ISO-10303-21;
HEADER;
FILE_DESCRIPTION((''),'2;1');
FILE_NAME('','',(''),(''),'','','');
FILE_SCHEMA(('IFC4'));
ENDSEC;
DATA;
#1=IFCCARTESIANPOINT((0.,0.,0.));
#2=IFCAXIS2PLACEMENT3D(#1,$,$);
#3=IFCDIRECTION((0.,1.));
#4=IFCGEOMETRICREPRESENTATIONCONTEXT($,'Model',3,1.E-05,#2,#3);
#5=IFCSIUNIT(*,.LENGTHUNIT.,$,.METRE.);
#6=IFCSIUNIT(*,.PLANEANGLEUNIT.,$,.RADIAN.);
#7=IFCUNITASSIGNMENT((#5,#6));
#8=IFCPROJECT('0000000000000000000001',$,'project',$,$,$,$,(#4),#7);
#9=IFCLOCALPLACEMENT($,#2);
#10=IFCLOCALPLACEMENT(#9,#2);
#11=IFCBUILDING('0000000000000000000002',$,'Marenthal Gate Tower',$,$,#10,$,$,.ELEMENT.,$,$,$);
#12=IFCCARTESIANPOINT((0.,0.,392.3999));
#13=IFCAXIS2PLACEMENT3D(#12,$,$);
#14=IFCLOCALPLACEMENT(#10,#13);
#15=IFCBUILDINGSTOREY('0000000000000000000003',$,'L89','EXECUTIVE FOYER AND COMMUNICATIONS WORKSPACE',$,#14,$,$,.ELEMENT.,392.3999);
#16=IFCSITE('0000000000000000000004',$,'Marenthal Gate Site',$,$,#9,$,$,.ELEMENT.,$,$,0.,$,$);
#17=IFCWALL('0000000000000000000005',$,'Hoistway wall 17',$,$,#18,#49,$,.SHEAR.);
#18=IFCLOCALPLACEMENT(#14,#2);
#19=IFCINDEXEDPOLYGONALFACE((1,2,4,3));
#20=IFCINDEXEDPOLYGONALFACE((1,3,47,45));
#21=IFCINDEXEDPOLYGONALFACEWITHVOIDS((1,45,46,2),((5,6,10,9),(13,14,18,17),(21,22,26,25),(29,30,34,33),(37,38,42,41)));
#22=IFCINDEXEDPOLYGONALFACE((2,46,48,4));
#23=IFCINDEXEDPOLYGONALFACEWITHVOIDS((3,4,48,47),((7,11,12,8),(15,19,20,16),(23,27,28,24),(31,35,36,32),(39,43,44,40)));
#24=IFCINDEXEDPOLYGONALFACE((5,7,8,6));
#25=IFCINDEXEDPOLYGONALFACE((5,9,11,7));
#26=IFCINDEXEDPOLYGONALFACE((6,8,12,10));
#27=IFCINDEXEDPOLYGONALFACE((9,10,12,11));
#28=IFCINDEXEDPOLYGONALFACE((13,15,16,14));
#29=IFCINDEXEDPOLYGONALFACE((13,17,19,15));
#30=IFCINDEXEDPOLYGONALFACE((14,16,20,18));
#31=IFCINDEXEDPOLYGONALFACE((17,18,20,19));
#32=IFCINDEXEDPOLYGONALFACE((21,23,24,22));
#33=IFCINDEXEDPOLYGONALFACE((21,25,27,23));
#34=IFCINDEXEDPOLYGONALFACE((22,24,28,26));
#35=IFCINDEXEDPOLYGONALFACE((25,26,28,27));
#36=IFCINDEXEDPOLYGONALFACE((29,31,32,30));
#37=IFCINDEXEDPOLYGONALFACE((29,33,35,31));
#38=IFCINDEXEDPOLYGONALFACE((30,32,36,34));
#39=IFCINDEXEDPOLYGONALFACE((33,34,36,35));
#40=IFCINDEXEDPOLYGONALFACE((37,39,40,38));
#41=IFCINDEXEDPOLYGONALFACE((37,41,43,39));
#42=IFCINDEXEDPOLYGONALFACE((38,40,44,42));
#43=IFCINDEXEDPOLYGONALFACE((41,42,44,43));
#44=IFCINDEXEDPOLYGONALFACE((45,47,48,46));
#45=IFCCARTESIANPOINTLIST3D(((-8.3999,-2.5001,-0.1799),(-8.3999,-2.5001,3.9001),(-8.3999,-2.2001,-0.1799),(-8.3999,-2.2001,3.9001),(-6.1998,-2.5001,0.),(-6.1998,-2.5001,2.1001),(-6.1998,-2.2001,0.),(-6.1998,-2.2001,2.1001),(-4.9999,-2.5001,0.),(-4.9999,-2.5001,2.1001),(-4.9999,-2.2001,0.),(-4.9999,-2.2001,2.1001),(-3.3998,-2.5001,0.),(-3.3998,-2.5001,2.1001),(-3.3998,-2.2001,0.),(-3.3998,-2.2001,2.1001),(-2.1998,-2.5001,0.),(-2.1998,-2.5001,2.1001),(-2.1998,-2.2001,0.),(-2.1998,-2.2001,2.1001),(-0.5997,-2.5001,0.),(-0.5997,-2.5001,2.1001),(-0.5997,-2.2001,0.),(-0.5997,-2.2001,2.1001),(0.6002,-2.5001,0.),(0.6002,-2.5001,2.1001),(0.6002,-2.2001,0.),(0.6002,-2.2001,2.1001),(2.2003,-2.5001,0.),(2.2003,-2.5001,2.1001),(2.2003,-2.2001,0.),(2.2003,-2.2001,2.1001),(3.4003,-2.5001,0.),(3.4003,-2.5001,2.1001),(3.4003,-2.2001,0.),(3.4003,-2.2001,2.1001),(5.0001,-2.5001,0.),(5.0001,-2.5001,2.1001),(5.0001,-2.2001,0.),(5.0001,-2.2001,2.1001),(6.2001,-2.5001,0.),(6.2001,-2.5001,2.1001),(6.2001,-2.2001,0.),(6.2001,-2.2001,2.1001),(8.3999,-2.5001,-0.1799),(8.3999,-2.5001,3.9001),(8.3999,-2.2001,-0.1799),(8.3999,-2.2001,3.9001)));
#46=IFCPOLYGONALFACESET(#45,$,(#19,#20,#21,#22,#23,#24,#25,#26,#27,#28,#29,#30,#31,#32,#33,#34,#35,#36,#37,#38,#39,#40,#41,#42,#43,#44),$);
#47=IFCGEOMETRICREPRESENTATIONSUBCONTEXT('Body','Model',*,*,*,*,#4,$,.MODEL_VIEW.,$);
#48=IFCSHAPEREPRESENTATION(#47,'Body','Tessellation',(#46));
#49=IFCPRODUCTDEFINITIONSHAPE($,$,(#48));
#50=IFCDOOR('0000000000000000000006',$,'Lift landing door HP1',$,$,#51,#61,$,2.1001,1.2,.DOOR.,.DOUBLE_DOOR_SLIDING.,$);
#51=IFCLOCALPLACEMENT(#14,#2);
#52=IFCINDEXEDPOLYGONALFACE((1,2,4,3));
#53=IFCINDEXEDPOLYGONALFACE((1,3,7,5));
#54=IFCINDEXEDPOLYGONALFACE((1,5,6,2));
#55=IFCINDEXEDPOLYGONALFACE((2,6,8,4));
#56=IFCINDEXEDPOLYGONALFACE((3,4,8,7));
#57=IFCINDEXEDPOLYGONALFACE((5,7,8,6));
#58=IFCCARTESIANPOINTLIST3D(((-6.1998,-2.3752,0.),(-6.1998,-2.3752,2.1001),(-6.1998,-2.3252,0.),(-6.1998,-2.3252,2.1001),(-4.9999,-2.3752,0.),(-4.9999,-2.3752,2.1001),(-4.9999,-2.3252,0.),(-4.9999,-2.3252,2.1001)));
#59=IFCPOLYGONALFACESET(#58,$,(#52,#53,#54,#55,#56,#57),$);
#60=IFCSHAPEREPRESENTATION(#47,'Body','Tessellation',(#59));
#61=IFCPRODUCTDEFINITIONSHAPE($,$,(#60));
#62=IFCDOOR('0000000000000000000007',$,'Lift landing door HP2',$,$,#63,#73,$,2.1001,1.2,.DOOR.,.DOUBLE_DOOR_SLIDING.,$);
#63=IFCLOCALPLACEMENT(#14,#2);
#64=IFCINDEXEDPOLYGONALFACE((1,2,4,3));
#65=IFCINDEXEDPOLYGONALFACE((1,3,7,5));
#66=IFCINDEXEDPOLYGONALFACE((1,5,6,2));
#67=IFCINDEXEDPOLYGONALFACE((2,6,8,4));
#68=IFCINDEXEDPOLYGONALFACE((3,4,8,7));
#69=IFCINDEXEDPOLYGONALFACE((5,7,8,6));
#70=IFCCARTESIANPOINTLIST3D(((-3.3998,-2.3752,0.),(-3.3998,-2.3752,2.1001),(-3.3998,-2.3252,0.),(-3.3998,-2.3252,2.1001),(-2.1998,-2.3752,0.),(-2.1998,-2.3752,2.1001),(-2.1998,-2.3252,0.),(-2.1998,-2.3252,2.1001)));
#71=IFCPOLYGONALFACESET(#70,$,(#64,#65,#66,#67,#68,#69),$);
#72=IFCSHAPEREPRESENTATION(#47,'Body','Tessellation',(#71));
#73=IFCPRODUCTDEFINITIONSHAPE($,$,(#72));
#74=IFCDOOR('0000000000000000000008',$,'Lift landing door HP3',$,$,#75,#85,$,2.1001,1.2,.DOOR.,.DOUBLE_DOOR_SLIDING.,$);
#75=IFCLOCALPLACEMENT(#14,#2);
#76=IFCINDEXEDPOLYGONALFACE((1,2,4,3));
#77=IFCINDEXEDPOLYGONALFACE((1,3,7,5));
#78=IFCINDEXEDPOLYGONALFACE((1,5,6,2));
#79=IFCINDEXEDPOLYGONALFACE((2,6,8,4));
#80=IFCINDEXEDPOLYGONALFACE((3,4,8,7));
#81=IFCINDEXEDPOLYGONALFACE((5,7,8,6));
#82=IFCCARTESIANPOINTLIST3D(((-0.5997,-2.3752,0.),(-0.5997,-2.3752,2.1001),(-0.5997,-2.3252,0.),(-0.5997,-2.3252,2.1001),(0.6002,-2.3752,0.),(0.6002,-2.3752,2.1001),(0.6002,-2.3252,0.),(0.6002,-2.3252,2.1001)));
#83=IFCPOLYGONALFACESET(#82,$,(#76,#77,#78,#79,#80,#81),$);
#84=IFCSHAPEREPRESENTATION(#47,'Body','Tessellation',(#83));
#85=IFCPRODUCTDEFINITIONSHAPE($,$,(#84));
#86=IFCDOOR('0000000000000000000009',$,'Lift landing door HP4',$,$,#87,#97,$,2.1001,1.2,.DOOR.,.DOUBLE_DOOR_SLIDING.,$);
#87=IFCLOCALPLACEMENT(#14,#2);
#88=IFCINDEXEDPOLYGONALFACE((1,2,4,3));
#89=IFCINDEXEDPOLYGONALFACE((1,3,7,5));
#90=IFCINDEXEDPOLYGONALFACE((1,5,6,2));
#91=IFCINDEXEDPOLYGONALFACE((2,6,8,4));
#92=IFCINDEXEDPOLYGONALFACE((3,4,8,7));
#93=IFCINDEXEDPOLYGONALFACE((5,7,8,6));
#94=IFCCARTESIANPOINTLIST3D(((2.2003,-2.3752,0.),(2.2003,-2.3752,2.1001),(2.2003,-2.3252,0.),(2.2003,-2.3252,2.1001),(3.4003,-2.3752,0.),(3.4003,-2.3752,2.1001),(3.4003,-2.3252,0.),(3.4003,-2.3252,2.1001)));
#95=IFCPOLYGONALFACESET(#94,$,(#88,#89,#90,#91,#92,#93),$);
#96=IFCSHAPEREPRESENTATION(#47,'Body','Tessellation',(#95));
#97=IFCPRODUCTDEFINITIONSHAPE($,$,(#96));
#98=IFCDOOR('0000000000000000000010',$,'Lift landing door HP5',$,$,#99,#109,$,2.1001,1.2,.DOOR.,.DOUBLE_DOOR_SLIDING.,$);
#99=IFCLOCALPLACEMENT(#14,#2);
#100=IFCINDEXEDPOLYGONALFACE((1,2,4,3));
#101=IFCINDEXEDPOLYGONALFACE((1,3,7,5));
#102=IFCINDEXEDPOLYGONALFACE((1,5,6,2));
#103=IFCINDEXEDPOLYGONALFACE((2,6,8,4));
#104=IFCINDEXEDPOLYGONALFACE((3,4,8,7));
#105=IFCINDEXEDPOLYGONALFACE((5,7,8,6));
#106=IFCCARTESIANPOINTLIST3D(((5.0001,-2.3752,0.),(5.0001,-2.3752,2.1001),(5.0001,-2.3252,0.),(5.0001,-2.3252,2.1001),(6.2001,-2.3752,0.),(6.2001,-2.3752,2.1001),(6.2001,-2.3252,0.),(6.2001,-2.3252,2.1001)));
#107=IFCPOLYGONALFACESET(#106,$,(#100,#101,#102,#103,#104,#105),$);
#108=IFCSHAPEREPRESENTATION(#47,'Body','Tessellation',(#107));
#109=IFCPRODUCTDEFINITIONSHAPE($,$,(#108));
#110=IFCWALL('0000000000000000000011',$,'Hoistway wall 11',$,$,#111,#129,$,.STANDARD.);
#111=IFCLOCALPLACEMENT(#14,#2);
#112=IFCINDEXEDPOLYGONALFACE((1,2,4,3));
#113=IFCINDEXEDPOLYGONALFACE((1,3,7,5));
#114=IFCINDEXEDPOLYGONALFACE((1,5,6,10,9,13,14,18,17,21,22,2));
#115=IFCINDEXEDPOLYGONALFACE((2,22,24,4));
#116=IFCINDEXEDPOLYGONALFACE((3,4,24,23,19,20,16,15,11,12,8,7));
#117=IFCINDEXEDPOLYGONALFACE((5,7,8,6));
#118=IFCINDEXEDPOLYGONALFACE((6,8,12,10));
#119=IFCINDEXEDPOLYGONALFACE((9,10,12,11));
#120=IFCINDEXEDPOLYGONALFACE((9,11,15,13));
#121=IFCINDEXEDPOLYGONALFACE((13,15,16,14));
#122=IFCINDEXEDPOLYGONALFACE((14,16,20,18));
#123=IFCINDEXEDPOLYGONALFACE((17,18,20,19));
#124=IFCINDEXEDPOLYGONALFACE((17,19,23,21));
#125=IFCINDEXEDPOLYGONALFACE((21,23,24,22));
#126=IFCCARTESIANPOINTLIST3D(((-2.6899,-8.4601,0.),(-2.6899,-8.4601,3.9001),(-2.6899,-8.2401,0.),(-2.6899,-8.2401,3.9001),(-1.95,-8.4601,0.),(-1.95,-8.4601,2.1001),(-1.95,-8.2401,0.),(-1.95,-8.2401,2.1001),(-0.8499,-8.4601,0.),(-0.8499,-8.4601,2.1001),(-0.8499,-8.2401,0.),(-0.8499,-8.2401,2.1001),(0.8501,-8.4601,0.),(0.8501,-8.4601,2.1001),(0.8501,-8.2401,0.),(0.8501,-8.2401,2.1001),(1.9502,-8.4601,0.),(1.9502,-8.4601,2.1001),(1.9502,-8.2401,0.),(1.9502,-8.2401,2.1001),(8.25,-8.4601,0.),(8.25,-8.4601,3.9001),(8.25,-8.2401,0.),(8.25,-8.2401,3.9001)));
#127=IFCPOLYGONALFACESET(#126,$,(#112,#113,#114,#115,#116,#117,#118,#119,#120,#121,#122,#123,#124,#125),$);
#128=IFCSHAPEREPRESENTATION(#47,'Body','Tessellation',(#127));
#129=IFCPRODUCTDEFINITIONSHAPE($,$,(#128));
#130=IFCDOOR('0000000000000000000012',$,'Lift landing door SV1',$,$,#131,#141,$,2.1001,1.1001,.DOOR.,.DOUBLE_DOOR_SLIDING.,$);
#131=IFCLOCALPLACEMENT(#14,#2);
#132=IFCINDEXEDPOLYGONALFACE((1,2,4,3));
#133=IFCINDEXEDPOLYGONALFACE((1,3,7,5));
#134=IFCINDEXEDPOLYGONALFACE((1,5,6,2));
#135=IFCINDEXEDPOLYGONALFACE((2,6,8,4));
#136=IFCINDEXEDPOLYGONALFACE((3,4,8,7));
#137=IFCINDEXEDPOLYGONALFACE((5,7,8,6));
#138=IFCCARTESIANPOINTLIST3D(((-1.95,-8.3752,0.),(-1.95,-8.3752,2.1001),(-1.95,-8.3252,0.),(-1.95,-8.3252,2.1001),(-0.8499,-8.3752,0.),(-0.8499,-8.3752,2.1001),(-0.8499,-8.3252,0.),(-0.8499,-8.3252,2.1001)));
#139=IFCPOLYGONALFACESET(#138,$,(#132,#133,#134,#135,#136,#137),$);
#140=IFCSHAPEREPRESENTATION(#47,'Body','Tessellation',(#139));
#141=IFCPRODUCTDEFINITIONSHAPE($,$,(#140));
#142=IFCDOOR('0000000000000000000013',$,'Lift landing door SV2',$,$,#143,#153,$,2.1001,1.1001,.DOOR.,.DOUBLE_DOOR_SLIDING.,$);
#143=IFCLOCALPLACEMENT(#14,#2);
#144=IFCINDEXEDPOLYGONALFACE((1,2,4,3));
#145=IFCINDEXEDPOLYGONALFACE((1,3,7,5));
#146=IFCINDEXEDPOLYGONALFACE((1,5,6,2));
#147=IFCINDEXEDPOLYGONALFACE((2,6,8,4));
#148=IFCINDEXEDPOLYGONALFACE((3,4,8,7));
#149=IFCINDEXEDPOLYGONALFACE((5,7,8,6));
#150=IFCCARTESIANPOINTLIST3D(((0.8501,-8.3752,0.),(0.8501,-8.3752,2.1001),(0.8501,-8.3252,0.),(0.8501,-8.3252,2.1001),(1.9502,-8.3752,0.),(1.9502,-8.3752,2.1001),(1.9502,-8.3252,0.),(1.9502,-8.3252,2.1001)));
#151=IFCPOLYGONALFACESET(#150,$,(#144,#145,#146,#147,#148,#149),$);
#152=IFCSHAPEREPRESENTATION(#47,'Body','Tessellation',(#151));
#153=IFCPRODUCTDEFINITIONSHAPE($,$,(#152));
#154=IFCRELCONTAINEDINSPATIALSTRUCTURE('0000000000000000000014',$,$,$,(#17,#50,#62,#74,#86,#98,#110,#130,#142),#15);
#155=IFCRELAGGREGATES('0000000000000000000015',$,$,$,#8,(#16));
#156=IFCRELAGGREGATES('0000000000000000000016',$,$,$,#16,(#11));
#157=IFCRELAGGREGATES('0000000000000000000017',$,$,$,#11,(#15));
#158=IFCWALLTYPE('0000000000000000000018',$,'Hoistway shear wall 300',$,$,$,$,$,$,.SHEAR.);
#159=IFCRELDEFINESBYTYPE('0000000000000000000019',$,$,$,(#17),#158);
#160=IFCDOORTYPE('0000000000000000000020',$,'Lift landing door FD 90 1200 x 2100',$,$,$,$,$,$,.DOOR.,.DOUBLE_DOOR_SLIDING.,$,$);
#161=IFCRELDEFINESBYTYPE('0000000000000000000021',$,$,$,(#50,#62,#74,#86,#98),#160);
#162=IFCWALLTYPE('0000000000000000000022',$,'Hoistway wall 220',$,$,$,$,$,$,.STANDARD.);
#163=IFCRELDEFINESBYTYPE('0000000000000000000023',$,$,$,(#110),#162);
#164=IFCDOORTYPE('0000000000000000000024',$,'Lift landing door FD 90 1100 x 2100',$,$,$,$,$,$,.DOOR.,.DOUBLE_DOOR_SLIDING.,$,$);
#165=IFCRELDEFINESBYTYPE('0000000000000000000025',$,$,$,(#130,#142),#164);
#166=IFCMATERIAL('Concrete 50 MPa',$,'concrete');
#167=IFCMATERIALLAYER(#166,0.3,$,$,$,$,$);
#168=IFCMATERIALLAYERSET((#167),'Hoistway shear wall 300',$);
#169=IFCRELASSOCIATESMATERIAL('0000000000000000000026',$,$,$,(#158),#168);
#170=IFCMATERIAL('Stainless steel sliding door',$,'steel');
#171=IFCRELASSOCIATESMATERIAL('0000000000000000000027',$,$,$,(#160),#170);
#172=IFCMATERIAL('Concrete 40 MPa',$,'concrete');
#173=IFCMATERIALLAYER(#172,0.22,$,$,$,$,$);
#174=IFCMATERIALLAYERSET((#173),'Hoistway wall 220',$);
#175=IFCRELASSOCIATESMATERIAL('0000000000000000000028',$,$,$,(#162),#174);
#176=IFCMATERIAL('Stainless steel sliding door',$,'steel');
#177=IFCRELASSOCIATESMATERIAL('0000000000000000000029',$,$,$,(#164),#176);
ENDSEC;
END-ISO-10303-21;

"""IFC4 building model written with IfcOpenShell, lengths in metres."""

from ifc_helpers import new_model, si_unit, direction, frame, frame_2d, origin, place, context, subcontext, project, spatial, rectangle, extrude, material, layer, layer_set, type_object, element, fill, save


model = new_model("IFC4")

# Units and contexts
model_context = context("Model", 3, precision=1e-05, world=origin(), true_north=direction((0.0, 1.0)))
body_context = subcontext(model_context, "Body", "Model", "MODEL_VIEW")
ifc_project = project(units=[si_unit("LENGTHUNIT", "METRE"), si_unit("PLANEANGLEUNIT", "RADIAN")], contexts=[model_context])

# Site, building, storey
site_placement = place(None, origin())
site = spatial("IfcSite", under=ifc_project, at=site_placement, Name="Marenthal Gate Site", CompositionType="ELEMENT", RefElevation=0.0)
building_placement = place(site_placement, origin())
building = spatial("IfcBuilding", under=site, at=building_placement, Name="Marenthal Gate Tower", CompositionType="ELEMENT")
storey_placement = place(building_placement, frame((0.0, 0.0, 392.3999)))
storey = spatial("IfcBuildingStorey", under=building, at=storey_placement, Name="L89", Description="EXECUTIVE FOYER AND COMMUNICATIONS WORKSPACE", CompositionType="ELEMENT", Elevation=392.3999)

# Walls, openings, doors
ifc_material_1 = material(Name="Concrete 50 MPa", Category="concrete")
ifc_layer_1 = layer(ifc_material_1, 0.3)
ifc_layer_set_1 = layer_set([ifc_layer_1], Name="Hoistway shear wall 300")
wall_type_1 = type_object("IfcWallType", Name="Hoistway shear wall 300", PredefinedType="SHEAR", material=ifc_layer_set_1)
wall_1_placement = place(storey_placement, frame((-8.3999, -2.3501, -0.1799), z_axis=(0.0, 0.0, 1.0), x_axis=(1.0, 0.0, 0.0)))
wall_1 = element("IfcWall", 1, at=wall_1_placement, inside=storey, type_object=wall_type_1, Name="Hoistway wall 17", PredefinedType="SHEAR", context=body_context, shape_type="SweptSolid", body=[
    extrude(rectangle(XDim=16.7998, YDim=0.3, at=frame_2d((8.3999, 0.0))), origin(), (0.0, 0.0, 1.0), 4.0801),
])
opening_1_placement = place(wall_1_placement, frame((2.2, 0.0, 0.1799)))
opening_1 = element("IfcOpeningElement", 2, at=opening_1_placement, cuts=wall_1, PredefinedType="OPENING", context=body_context, shape_type="SweptSolid", body=[
    extrude(rectangle(XDim=1.2, YDim=2.1001, at=frame_2d((0.6001, 1.05))), frame((0.0, 0.1602, 0.0), z_axis=(0.0, -1.0, 0.0), x_axis=(1.0, 0.0, 0.0)), (0.0, 0.0, 1.0), 0.3201),
])
opening_2_placement = place(wall_1_placement, frame((5.0, 0.0, 0.1799)))
opening_2 = element("IfcOpeningElement", 3, at=opening_2_placement, cuts=wall_1, PredefinedType="OPENING", context=body_context, shape_type="SweptSolid", body=[
    extrude(rectangle(XDim=1.2, YDim=2.1001, at=frame_2d((0.6001, 1.05))), frame((0.0, 0.1602, 0.0), z_axis=(0.0, -1.0, 0.0), x_axis=(1.0, 0.0, 0.0)), (0.0, 0.0, 1.0), 0.3201),
])
opening_3_placement = place(wall_1_placement, frame((7.8, 0.0, 0.1799)))
opening_3 = element("IfcOpeningElement", 4, at=opening_3_placement, cuts=wall_1, PredefinedType="OPENING", context=body_context, shape_type="SweptSolid", body=[
    extrude(rectangle(XDim=1.2, YDim=2.1001, at=frame_2d((0.6001, 1.05))), frame((0.0, 0.1602, 0.0), z_axis=(0.0, -1.0, 0.0), x_axis=(1.0, 0.0, 0.0)), (0.0, 0.0, 1.0), 0.3201),
])
opening_4_placement = place(wall_1_placement, frame((10.6001, 0.0, 0.1799)))
opening_4 = element("IfcOpeningElement", 5, at=opening_4_placement, cuts=wall_1, PredefinedType="OPENING", context=body_context, shape_type="SweptSolid", body=[
    extrude(rectangle(XDim=1.2, YDim=2.1001, at=frame_2d((0.6001, 1.05))), frame((0.0, 0.1602, 0.0), z_axis=(0.0, -1.0, 0.0), x_axis=(1.0, 0.0, 0.0)), (0.0, 0.0, 1.0), 0.3201),
])
opening_5_placement = place(wall_1_placement, frame((13.3999, 0.0, 0.1799)))
opening_5 = element("IfcOpeningElement", 6, at=opening_5_placement, cuts=wall_1, PredefinedType="OPENING", context=body_context, shape_type="SweptSolid", body=[
    extrude(rectangle(XDim=1.2, YDim=2.1001, at=frame_2d((0.6001, 1.05))), frame((0.0, 0.1602, 0.0), z_axis=(0.0, -1.0, 0.0), x_axis=(1.0, 0.0, 0.0)), (0.0, 0.0, 1.0), 0.3201),
])
ifc_material_2 = material(Name="Stainless steel sliding door", Category="steel")
door_type_1 = type_object("IfcDoorType", Name="Lift landing door FD 90 1200 x 2100", OperationType="DOUBLE_DOOR_SLIDING", PredefinedType="DOOR", material=ifc_material_2)
door_1_placement = place(opening_1_placement, origin())
door_1 = element("IfcDoor", 7, at=door_1_placement, inside=storey, type_object=door_type_1, Name="Lift landing door HP1", OperationType="DOUBLE_DOOR_SLIDING", OverallHeight=2.1001, OverallWidth=1.2, PredefinedType="DOOR", context=body_context, shape_type="SweptSolid", body=[
    extrude(rectangle(XDim=1.2, YDim=2.1001, at=frame_2d((0.6001, 1.05))), frame((0.0, 0.0249, 0.0), z_axis=(0.0, -1.0, 0.0), x_axis=(1.0, 0.0, 0.0)), (0.0, 0.0, 1.0), 0.05),
])
fill(opening_1, door_1)
door_2_placement = place(opening_2_placement, origin())
door_2 = element("IfcDoor", 8, at=door_2_placement, inside=storey, type_object=door_type_1, Name="Lift landing door HP2", OperationType="DOUBLE_DOOR_SLIDING", OverallHeight=2.1001, OverallWidth=1.2, PredefinedType="DOOR", context=body_context, shape_type="SweptSolid", body=[
    extrude(rectangle(XDim=1.2, YDim=2.1001, at=frame_2d((0.6001, 1.05))), frame((0.0, 0.0249, 0.0), z_axis=(0.0, -1.0, 0.0), x_axis=(1.0, 0.0, 0.0)), (0.0, 0.0, 1.0), 0.05),
])
fill(opening_2, door_2)
door_3_placement = place(opening_3_placement, origin())
door_3 = element("IfcDoor", 9, at=door_3_placement, inside=storey, type_object=door_type_1, Name="Lift landing door HP3", OperationType="DOUBLE_DOOR_SLIDING", OverallHeight=2.1001, OverallWidth=1.2, PredefinedType="DOOR", context=body_context, shape_type="SweptSolid", body=[
    extrude(rectangle(XDim=1.2, YDim=2.1001, at=frame_2d((0.6001, 1.05))), frame((0.0, 0.0249, 0.0), z_axis=(0.0, -1.0, 0.0), x_axis=(1.0, 0.0, 0.0)), (0.0, 0.0, 1.0), 0.05),
])
fill(opening_3, door_3)
door_4_placement = place(opening_4_placement, origin())
door_4 = element("IfcDoor", 10, at=door_4_placement, inside=storey, type_object=door_type_1, Name="Lift landing door HP4", OperationType="DOUBLE_DOOR_SLIDING", OverallHeight=2.1001, OverallWidth=1.2, PredefinedType="DOOR", context=body_context, shape_type="SweptSolid", body=[
    extrude(rectangle(XDim=1.2, YDim=2.1001, at=frame_2d((0.6001, 1.05))), frame((0.0, 0.0249, 0.0), z_axis=(0.0, -1.0, 0.0), x_axis=(1.0, 0.0, 0.0)), (0.0, 0.0, 1.0), 0.05),
])
fill(opening_4, door_4)
door_5_placement = place(opening_5_placement, origin())
door_5 = element("IfcDoor", 11, at=door_5_placement, inside=storey, type_object=door_type_1, Name="Lift landing door HP5", OperationType="DOUBLE_DOOR_SLIDING", OverallHeight=2.1001, OverallWidth=1.2, PredefinedType="DOOR", context=body_context, shape_type="SweptSolid", body=[
    extrude(rectangle(XDim=1.2, YDim=2.1001, at=frame_2d((0.6001, 1.05))), frame((0.0, 0.0249, 0.0), z_axis=(0.0, -1.0, 0.0), x_axis=(1.0, 0.0, 0.0)), (0.0, 0.0, 1.0), 0.05),
])
fill(opening_5, door_5)
ifc_material_3 = material(Name="Concrete 40 MPa", Category="concrete")
ifc_layer_2 = layer(ifc_material_3, 0.22)
ifc_layer_set_2 = layer_set([ifc_layer_2], Name="Hoistway wall 220")
wall_type_2 = type_object("IfcWallType", Name="Hoistway wall 220", PredefinedType="STANDARD", material=ifc_layer_set_2)
wall_2_placement = place(storey_placement, frame((-2.6899, -8.3501, 0.0), z_axis=(0.0, 0.0, 1.0), x_axis=(1.0, 0.0, 0.0)))
wall_2 = element("IfcWall", 12, at=wall_2_placement, inside=storey, type_object=wall_type_2, Name="Hoistway wall 11", PredefinedType="STANDARD", context=body_context, shape_type="SweptSolid", body=[
    extrude(rectangle(XDim=10.9399, YDim=0.22, at=frame_2d((5.47, 0.0))), origin(), (0.0, 0.0, 1.0), 3.9001),
])
opening_6_placement = place(wall_2_placement, frame((0.74, 0.0, 0.0)))
opening_6 = element("IfcOpeningElement", 13, at=opening_6_placement, cuts=wall_2, PredefinedType="OPENING", context=body_context, shape_type="SweptSolid", body=[
    extrude(rectangle(XDim=1.1001, YDim=2.1001, at=frame_2d((0.55, 1.05))), frame((0.0, 0.1201, 0.0), z_axis=(0.0, -1.0, 0.0), x_axis=(1.0, 0.0, 0.0)), (0.0, 0.0, 1.0), 0.24),
])
opening_7_placement = place(wall_2_placement, frame((3.54, 0.0, 0.0)))
opening_7 = element("IfcOpeningElement", 14, at=opening_7_placement, cuts=wall_2, PredefinedType="OPENING", context=body_context, shape_type="SweptSolid", body=[
    extrude(rectangle(XDim=1.1001, YDim=2.1001, at=frame_2d((0.55, 1.05))), frame((0.0, 0.1201, 0.0), z_axis=(0.0, -1.0, 0.0), x_axis=(1.0, 0.0, 0.0)), (0.0, 0.0, 1.0), 0.24),
])
ifc_material_4 = material(Name="Stainless steel sliding door", Category="steel")
door_type_2 = type_object("IfcDoorType", Name="Lift landing door FD 90 1100 x 2100", OperationType="DOUBLE_DOOR_SLIDING", PredefinedType="DOOR", material=ifc_material_4)
door_6_placement = place(opening_6_placement, origin())
door_6 = element("IfcDoor", 15, at=door_6_placement, inside=storey, type_object=door_type_2, Name="Lift landing door SV1", OperationType="DOUBLE_DOOR_SLIDING", OverallHeight=2.1001, OverallWidth=1.1001, PredefinedType="DOOR", context=body_context, shape_type="SweptSolid", body=[
    extrude(rectangle(XDim=1.1001, YDim=2.1001, at=frame_2d((0.55, 1.05))), frame((0.0, 0.0249, 0.0), z_axis=(0.0, -1.0, 0.0), x_axis=(1.0, 0.0, 0.0)), (0.0, 0.0, 1.0), 0.05),
])
fill(opening_6, door_6)
door_7_placement = place(opening_7_placement, origin())
door_7 = element("IfcDoor", 16, at=door_7_placement, inside=storey, type_object=door_type_2, Name="Lift landing door SV2", OperationType="DOUBLE_DOOR_SLIDING", OverallHeight=2.1001, OverallWidth=1.1001, PredefinedType="DOOR", context=body_context, shape_type="SweptSolid", body=[
    extrude(rectangle(XDim=1.1001, YDim=2.1001, at=frame_2d((0.55, 1.05))), frame((0.0, 0.0249, 0.0), z_axis=(0.0, -1.0, 0.0), x_axis=(1.0, 0.0, 0.0)), (0.0, 0.0, 1.0), 0.05),
])
fill(opening_7, door_7)

save(model, "model.ifc")
